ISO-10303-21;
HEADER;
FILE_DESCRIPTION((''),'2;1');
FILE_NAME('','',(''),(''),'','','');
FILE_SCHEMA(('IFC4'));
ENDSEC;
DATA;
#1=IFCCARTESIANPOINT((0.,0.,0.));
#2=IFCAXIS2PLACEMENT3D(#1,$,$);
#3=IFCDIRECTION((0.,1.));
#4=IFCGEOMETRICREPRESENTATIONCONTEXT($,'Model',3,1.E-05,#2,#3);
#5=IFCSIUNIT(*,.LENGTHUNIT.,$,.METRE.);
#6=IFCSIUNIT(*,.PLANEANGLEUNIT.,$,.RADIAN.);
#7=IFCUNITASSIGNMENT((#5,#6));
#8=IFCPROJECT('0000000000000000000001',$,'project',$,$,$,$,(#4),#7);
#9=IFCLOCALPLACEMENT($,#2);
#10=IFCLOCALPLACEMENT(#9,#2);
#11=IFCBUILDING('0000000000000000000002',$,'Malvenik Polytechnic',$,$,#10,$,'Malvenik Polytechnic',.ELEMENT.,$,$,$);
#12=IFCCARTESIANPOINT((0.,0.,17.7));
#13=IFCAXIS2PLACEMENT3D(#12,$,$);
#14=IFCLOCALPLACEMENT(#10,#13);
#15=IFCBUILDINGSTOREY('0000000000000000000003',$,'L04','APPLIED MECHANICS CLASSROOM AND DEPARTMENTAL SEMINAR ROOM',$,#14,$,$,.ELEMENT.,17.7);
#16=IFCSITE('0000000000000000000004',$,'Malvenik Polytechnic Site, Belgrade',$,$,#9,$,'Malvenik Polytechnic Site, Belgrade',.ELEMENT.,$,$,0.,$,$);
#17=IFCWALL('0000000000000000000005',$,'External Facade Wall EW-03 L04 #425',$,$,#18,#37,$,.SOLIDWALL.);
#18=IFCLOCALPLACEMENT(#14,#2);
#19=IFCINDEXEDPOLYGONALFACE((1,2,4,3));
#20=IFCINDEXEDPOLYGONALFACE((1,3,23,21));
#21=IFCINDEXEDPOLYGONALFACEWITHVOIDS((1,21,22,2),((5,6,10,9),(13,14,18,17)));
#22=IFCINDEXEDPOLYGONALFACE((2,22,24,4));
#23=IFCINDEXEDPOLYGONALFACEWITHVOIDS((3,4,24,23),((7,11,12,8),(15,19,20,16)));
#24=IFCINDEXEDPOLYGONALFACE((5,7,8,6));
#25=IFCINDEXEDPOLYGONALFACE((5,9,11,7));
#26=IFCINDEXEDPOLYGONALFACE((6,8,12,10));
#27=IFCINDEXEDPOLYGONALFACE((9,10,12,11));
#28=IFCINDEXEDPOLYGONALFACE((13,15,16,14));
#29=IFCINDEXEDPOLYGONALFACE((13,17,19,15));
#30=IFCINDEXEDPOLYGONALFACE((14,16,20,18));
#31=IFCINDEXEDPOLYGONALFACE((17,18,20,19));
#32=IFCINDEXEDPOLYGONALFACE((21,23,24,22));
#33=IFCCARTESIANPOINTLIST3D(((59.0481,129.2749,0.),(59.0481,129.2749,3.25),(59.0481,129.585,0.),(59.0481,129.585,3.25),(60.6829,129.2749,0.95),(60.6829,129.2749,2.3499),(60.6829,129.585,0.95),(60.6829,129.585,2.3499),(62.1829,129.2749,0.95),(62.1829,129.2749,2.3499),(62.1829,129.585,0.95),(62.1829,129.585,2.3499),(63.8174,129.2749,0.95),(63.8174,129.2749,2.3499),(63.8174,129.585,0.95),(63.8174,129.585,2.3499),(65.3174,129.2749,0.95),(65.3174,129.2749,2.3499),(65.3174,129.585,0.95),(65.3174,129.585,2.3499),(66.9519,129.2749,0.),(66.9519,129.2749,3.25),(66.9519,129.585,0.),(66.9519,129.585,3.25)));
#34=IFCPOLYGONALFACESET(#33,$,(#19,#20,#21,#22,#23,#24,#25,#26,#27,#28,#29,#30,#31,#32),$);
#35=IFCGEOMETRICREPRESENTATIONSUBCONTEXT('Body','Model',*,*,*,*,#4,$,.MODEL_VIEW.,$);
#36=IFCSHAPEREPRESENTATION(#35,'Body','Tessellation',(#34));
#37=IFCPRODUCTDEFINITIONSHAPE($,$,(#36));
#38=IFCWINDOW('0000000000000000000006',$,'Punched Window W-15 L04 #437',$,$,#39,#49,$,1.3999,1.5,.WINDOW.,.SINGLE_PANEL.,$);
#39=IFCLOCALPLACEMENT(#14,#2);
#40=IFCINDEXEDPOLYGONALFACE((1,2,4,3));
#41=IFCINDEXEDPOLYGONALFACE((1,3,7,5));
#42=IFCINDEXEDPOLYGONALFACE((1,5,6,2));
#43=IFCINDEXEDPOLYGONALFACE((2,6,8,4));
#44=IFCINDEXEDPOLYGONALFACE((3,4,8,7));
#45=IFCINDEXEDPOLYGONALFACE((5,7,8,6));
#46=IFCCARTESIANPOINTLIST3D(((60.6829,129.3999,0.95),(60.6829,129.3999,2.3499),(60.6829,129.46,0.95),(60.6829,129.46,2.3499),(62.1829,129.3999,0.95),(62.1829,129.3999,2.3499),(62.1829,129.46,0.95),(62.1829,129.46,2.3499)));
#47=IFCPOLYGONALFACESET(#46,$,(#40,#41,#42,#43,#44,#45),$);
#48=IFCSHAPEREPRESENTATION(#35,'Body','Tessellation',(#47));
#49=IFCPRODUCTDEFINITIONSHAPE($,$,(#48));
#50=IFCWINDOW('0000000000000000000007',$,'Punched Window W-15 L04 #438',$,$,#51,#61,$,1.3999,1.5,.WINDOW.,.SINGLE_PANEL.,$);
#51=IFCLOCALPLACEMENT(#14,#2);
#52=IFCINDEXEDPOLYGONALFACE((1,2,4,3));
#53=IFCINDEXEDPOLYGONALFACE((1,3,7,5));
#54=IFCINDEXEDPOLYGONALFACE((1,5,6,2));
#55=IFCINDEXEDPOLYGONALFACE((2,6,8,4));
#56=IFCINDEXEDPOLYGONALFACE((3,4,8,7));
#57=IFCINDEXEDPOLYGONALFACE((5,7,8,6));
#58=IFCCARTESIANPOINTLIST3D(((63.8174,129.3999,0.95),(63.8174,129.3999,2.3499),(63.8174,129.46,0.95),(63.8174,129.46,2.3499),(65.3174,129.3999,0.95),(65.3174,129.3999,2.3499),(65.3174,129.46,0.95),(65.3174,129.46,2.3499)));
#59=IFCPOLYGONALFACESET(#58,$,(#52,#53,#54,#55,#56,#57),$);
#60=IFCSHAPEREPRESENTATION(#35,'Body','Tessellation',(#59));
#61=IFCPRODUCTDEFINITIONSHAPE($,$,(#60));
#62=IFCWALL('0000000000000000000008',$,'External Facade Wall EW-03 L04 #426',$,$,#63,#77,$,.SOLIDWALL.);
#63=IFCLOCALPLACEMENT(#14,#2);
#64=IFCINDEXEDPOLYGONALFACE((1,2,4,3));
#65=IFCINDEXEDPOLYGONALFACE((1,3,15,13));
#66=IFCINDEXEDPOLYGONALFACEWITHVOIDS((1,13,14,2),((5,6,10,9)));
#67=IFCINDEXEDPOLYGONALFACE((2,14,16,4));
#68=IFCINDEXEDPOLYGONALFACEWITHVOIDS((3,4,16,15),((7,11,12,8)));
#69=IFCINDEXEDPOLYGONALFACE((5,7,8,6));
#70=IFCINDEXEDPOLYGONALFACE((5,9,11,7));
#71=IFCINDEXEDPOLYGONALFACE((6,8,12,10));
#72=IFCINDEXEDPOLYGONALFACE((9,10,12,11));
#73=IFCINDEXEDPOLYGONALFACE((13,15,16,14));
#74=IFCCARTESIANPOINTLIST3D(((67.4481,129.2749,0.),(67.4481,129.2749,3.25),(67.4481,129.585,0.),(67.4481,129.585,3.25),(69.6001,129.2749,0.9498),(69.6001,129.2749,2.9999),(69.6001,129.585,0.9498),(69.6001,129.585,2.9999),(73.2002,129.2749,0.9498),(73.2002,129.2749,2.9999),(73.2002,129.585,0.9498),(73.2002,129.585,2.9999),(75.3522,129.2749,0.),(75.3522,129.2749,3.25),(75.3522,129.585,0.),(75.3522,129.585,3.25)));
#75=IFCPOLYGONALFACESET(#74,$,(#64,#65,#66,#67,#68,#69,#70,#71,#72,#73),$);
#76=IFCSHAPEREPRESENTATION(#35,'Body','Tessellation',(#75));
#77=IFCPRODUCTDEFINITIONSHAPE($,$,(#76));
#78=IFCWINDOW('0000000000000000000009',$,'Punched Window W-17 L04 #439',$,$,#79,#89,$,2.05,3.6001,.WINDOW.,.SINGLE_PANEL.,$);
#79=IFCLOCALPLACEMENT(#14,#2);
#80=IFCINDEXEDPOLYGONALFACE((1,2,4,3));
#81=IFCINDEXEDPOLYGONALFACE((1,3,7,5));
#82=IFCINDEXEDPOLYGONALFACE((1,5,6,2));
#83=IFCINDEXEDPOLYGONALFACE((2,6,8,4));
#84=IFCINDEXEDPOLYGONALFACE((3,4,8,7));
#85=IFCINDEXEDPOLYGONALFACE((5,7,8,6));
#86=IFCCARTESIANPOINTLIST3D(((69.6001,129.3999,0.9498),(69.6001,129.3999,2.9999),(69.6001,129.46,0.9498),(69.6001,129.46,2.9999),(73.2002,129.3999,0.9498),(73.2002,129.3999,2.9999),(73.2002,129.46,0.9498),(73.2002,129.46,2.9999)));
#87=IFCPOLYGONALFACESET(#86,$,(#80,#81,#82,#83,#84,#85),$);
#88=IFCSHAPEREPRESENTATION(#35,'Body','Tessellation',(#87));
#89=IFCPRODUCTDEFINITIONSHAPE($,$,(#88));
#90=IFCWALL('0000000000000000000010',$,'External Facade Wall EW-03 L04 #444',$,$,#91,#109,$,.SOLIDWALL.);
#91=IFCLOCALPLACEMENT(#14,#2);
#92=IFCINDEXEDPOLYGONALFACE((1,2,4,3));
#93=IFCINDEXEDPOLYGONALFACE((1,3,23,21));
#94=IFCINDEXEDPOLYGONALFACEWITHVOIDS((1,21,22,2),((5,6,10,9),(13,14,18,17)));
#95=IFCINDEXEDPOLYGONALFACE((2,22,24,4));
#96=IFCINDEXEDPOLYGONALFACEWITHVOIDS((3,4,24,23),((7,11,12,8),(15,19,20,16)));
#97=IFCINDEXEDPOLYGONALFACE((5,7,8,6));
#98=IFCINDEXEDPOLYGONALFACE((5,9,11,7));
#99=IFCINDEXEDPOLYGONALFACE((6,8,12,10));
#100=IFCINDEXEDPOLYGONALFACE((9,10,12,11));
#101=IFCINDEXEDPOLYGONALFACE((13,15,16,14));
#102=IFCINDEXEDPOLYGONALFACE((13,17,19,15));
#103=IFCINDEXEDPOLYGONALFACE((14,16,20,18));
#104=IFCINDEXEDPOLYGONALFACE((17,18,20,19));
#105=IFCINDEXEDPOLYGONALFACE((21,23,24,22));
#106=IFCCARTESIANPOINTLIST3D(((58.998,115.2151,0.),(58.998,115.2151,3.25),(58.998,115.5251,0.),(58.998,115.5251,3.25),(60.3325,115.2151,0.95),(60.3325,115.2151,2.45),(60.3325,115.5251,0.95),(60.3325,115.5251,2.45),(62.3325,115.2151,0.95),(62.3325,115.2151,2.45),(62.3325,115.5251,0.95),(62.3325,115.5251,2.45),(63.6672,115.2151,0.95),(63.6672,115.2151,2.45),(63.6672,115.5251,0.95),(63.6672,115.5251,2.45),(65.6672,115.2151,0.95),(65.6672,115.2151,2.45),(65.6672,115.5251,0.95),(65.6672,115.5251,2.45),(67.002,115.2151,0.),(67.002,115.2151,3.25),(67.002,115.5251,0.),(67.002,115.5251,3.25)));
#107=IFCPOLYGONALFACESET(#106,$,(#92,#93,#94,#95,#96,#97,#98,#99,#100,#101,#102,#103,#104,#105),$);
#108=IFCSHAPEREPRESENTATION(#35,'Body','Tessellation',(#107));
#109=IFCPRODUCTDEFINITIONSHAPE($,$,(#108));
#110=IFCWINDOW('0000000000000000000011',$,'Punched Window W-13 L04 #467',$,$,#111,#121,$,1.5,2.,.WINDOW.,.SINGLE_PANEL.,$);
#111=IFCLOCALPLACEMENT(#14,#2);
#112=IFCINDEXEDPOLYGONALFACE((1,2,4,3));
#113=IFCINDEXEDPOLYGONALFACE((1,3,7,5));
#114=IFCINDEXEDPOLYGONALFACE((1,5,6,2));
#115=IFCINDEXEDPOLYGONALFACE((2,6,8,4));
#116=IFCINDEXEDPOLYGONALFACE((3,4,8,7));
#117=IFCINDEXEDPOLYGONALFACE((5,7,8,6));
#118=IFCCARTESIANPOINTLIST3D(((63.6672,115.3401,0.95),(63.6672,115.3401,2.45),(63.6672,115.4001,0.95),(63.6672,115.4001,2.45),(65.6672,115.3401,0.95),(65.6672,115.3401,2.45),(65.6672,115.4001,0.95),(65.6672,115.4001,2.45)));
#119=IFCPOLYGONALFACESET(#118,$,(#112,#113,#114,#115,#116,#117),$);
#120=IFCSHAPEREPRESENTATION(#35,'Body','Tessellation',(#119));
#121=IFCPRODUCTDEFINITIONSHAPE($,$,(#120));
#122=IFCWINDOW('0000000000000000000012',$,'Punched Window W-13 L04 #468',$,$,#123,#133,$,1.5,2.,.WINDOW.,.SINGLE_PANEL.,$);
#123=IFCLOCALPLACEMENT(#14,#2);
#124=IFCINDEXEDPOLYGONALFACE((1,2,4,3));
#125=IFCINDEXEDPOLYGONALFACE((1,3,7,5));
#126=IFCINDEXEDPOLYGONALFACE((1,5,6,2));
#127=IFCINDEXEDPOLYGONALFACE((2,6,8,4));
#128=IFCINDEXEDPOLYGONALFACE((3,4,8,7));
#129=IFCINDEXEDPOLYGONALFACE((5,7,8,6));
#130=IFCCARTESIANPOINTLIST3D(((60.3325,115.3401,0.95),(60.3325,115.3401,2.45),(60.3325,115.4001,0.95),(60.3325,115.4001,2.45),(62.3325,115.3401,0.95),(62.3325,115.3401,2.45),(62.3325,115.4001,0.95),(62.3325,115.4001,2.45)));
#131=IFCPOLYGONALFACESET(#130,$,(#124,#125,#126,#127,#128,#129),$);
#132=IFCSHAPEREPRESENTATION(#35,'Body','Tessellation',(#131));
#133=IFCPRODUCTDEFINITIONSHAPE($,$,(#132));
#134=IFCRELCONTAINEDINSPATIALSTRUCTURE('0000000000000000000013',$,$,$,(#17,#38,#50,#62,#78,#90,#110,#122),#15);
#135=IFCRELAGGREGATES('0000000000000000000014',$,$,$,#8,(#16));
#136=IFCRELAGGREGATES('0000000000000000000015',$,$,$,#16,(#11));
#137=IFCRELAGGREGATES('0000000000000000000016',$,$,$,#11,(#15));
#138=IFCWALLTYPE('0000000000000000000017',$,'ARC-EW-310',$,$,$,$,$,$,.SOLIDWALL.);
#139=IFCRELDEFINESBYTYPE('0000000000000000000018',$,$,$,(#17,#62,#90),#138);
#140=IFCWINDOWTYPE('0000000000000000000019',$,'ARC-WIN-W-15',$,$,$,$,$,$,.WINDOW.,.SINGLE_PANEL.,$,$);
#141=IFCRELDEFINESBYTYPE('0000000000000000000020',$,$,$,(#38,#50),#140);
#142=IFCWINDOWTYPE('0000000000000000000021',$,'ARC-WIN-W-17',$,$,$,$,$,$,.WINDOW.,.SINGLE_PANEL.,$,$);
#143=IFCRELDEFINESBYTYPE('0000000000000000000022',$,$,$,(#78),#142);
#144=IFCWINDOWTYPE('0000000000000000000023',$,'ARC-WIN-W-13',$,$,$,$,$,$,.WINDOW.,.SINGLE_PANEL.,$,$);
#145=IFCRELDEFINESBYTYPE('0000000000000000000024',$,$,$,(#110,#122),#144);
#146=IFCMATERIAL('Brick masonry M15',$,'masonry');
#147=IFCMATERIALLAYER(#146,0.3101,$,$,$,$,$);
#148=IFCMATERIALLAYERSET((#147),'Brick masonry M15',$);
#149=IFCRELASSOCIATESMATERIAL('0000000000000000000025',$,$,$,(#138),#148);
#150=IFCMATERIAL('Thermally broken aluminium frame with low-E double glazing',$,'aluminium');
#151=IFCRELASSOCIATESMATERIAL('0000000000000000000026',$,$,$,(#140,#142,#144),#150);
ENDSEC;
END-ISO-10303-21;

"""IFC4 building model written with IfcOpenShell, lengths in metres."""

from ifc_helpers import new_model, si_unit, direction, frame, frame_2d, origin, place, context, subcontext, project, spatial, rectangle, extrude, material, layer, layer_set, type_object, element, fill, save


model = new_model("IFC4")

# Units and contexts
model_context = context("Model", 3, precision=1e-05, world=origin(), true_north=direction((0.0, 1.0)))
body_context = subcontext(model_context, "Body", "Model", "MODEL_VIEW")
ifc_project = project(units=[si_unit("LENGTHUNIT", "METRE"), si_unit("PLANEANGLEUNIT", "RADIAN")], contexts=[model_context])

# Site, building, storey
site_placement = place(None, origin())
site = spatial("IfcSite", under=ifc_project, at=site_placement, Name="Malvenik Polytechnic Site, Belgrade", LongName="Malvenik Polytechnic Site, Belgrade", CompositionType="ELEMENT", RefElevation=0.0)
building_placement = place(site_placement, origin())
building = spatial("IfcBuilding", under=site, at=building_placement, Name="Malvenik Polytechnic", LongName="Malvenik Polytechnic", CompositionType="ELEMENT")
storey_placement = place(building_placement, frame((0.0, 0.0, 17.7)))
storey = spatial("IfcBuildingStorey", under=building, at=storey_placement, Name="L04", Description="APPLIED MECHANICS CLASSROOM AND DEPARTMENTAL SEMINAR ROOM", CompositionType="ELEMENT", Elevation=17.7)

# Wall, openings, windows
ifc_material_1 = material(Name="Brick masonry M15", Category="masonry")
ifc_layer_1 = layer(ifc_material_1, 0.3101)
ifc_layer_set_1 = layer_set([ifc_layer_1], Name="Brick masonry M15")
wall_type_1 = type_object("IfcWallType", Name="ARC-EW-310", PredefinedType="SOLIDWALL", material=ifc_layer_set_1)
wall_1_placement = place(storey_placement, frame((59.0481, 129.4299, 0.0), z_axis=(0.0, 0.0, 1.0), x_axis=(1.0, 0.0, 0.0)))
wall_1 = element("IfcWall", 1, at=wall_1_placement, inside=storey, type_object=wall_type_1, Name="External Facade Wall EW-03 L04 #425", PredefinedType="SOLIDWALL", context=body_context, shape_type="SweptSolid", body=[
    extrude(rectangle(XDim=7.9038, YDim=0.3101, at=frame_2d((3.9519, 0.0))), origin(), (0.0, 0.0, 1.0), 3.25),
])
opening_1_placement = place(wall_1_placement, frame((1.6348, 0.0, 0.95)))
opening_1 = element("IfcOpeningElement", 2, at=opening_1_placement, cuts=wall_1, PredefinedType="OPENING", context=body_context, shape_type="SweptSolid", body=[
    extrude(rectangle(XDim=1.5, YDim=1.3999, at=frame_2d((0.75, 0.7))), frame((0.0, 0.165, 0.0), z_axis=(0.0, -1.0, 0.0), x_axis=(1.0, 0.0, 0.0)), (0.0, 0.0, 1.0), 0.3301),
])
opening_2_placement = place(wall_1_placement, frame((4.7693, 0.0, 0.95)))
opening_2 = element("IfcOpeningElement", 3, at=opening_2_placement, cuts=wall_1, PredefinedType="OPENING", context=body_context, shape_type="SweptSolid", body=[
    extrude(rectangle(XDim=1.5, YDim=1.3999, at=frame_2d((0.75, 0.7))), frame((0.0, 0.165, 0.0), z_axis=(0.0, -1.0, 0.0), x_axis=(1.0, 0.0, 0.0)), (0.0, 0.0, 1.0), 0.3301),
])
ifc_material_2 = material(Name="Thermally broken aluminium frame with low-E double glazing", Category="aluminium")
window_type_1 = type_object("IfcWindowType", Name="ARC-WIN-W-15", PartitioningType="SINGLE_PANEL", PredefinedType="WINDOW", material=ifc_material_2)
window_1_placement = place(opening_1_placement, origin())
window_1 = element("IfcWindow", 4, at=window_1_placement, inside=storey, type_object=window_type_1, Name="Punched Window W-15 L04 #437", OverallHeight=1.3999, OverallWidth=1.5, PartitioningType="SINGLE_PANEL", PredefinedType="WINDOW", context=body_context, shape_type="SweptSolid", body=[
    extrude(rectangle(XDim=1.5, YDim=1.3999, at=frame_2d((0.75, 0.7))), frame((0.0, 0.03, 0.0), z_axis=(0.0, -1.0, 0.0), x_axis=(1.0, 0.0, 0.0)), (0.0, 0.0, 1.0), 0.0601),
])
fill(opening_1, window_1)
window_2_placement = place(opening_2_placement, origin())
window_2 = element("IfcWindow", 5, at=window_2_placement, inside=storey, type_object=window_type_1, Name="Punched Window W-15 L04 #438", OverallHeight=1.3999, OverallWidth=1.5, PartitioningType="SINGLE_PANEL", PredefinedType="WINDOW", context=body_context, shape_type="SweptSolid", body=[
    extrude(rectangle(XDim=1.5, YDim=1.3999, at=frame_2d((0.75, 0.7))), frame((0.0, 0.03, 0.0), z_axis=(0.0, -1.0, 0.0), x_axis=(1.0, 0.0, 0.0)), (0.0, 0.0, 1.0), 0.0601),
])
fill(opening_2, window_2)

# Wall, opening, window
wall_2_placement = place(storey_placement, frame((67.448, 129.4299, 0.0), z_axis=(0.0, 0.0, 1.0), x_axis=(1.0, 0.0, 0.0)))
wall_2 = element("IfcWall", 6, at=wall_2_placement, inside=storey, type_object=wall_type_1, Name="External Facade Wall EW-03 L04 #426", PredefinedType="SOLIDWALL", context=body_context, shape_type="SweptSolid", body=[
    extrude(rectangle(XDim=7.9041, YDim=0.3101, at=frame_2d((3.9521, 0.0))), origin(), (0.0, 0.0, 1.0), 3.25),
])
opening_3_placement = place(wall_2_placement, frame((2.1521, 0.0, 0.95)))
opening_3 = element("IfcOpeningElement", 7, at=opening_3_placement, cuts=wall_2, PredefinedType="OPENING", context=body_context, shape_type="SweptSolid", body=[
    extrude(rectangle(XDim=3.6001, YDim=2.05, at=frame_2d((1.8, 1.0249))), frame((0.0, 0.165, 0.0), z_axis=(0.0, -1.0, 0.0), x_axis=(1.0, 0.0, 0.0)), (0.0, 0.0, 1.0), 0.3301),
])
window_type_2 = type_object("IfcWindowType", Name="ARC-WIN-W-17", PartitioningType="SINGLE_PANEL", PredefinedType="WINDOW", material=ifc_material_2)
window_3_placement = place(opening_3_placement, origin())
window_3 = element("IfcWindow", 8, at=window_3_placement, inside=storey, type_object=window_type_2, Name="Punched Window W-17 L04 #439", OverallHeight=2.05, OverallWidth=3.6001, PartitioningType="SINGLE_PANEL", PredefinedType="WINDOW", context=body_context, shape_type="SweptSolid", body=[
    extrude(rectangle(XDim=3.6001, YDim=2.05, at=frame_2d((1.8, 1.0249))), frame((0.0, 0.03, 0.0), z_axis=(0.0, -1.0, 0.0), x_axis=(1.0, 0.0, 0.0)), (0.0, 0.0, 1.0), 0.0601),
])
fill(opening_3, window_3)

# Wall, openings, windows
wall_3_placement = place(storey_placement, frame((67.002, 115.3701, 0.0), z_axis=(0.0, 0.0, 1.0), x_axis=(-1.0, 0.0, 0.0)))
wall_3 = element("IfcWall", 9, at=wall_3_placement, inside=storey, type_object=wall_type_1, Name="External Facade Wall EW-03 L04 #444", PredefinedType="SOLIDWALL", context=body_context, shape_type="SweptSolid", body=[
    extrude(rectangle(XDim=8.0039, YDim=0.3101, at=frame_2d((4.002, 0.0))), origin(), (0.0, 0.0, 1.0), 3.25),
])
opening_4_placement = place(wall_3_placement, frame((1.3347, 0.0, 0.95)))
opening_4 = element("IfcOpeningElement", 10, at=opening_4_placement, cuts=wall_3, PredefinedType="OPENING", context=body_context, shape_type="SweptSolid", body=[
    extrude(rectangle(XDim=2.0, YDim=1.5, at=frame_2d((1.0, 0.75))), frame((0.0, 0.165, 0.0), z_axis=(0.0, -1.0, 0.0), x_axis=(1.0, 0.0, 0.0)), (0.0, 0.0, 1.0), 0.3301),
])
opening_5_placement = place(wall_3_placement, frame((4.6694, 0.0, 0.95)))
opening_5 = element("IfcOpeningElement", 11, at=opening_5_placement, cuts=wall_3, PredefinedType="OPENING", context=body_context, shape_type="SweptSolid", body=[
    extrude(rectangle(XDim=2.0, YDim=1.5, at=frame_2d((1.0, 0.75))), frame((0.0, 0.165, 0.0), z_axis=(0.0, -1.0, 0.0), x_axis=(1.0, 0.0, 0.0)), (0.0, 0.0, 1.0), 0.3301),
])
window_type_3 = type_object("IfcWindowType", Name="ARC-WIN-W-13", PartitioningType="SINGLE_PANEL", PredefinedType="WINDOW", material=ifc_material_2)
window_4_placement = place(opening_4_placement, origin())
window_4 = element("IfcWindow", 12, at=window_4_placement, inside=storey, type_object=window_type_3, Name="Punched Window W-13 L04 #467", OverallHeight=1.5, OverallWidth=2.0, PartitioningType="SINGLE_PANEL", PredefinedType="WINDOW", context=body_context, shape_type="SweptSolid", body=[
    extrude(rectangle(XDim=2.0, YDim=1.5, at=frame_2d((1.0, 0.75))), frame((0.0, 0.03, 0.0), z_axis=(0.0, -1.0, 0.0), x_axis=(1.0, 0.0, 0.0)), (0.0, 0.0, 1.0), 0.0601),
])
fill(opening_4, window_4)
window_5_placement = place(opening_5_placement, origin())
window_5 = element("IfcWindow", 13, at=window_5_placement, inside=storey, type_object=window_type_3, Name="Punched Window W-13 L04 #468", OverallHeight=1.5, OverallWidth=2.0, PartitioningType="SINGLE_PANEL", PredefinedType="WINDOW", context=body_context, shape_type="SweptSolid", body=[
    extrude(rectangle(XDim=2.0, YDim=1.5, at=frame_2d((1.0, 0.75))), frame((0.0, 0.03, 0.0), z_axis=(0.0, -1.0, 0.0), x_axis=(1.0, 0.0, 0.0)), (0.0, 0.0, 1.0), 0.0601),
])
fill(opening_5, window_5)

save(model, "model.ifc")
